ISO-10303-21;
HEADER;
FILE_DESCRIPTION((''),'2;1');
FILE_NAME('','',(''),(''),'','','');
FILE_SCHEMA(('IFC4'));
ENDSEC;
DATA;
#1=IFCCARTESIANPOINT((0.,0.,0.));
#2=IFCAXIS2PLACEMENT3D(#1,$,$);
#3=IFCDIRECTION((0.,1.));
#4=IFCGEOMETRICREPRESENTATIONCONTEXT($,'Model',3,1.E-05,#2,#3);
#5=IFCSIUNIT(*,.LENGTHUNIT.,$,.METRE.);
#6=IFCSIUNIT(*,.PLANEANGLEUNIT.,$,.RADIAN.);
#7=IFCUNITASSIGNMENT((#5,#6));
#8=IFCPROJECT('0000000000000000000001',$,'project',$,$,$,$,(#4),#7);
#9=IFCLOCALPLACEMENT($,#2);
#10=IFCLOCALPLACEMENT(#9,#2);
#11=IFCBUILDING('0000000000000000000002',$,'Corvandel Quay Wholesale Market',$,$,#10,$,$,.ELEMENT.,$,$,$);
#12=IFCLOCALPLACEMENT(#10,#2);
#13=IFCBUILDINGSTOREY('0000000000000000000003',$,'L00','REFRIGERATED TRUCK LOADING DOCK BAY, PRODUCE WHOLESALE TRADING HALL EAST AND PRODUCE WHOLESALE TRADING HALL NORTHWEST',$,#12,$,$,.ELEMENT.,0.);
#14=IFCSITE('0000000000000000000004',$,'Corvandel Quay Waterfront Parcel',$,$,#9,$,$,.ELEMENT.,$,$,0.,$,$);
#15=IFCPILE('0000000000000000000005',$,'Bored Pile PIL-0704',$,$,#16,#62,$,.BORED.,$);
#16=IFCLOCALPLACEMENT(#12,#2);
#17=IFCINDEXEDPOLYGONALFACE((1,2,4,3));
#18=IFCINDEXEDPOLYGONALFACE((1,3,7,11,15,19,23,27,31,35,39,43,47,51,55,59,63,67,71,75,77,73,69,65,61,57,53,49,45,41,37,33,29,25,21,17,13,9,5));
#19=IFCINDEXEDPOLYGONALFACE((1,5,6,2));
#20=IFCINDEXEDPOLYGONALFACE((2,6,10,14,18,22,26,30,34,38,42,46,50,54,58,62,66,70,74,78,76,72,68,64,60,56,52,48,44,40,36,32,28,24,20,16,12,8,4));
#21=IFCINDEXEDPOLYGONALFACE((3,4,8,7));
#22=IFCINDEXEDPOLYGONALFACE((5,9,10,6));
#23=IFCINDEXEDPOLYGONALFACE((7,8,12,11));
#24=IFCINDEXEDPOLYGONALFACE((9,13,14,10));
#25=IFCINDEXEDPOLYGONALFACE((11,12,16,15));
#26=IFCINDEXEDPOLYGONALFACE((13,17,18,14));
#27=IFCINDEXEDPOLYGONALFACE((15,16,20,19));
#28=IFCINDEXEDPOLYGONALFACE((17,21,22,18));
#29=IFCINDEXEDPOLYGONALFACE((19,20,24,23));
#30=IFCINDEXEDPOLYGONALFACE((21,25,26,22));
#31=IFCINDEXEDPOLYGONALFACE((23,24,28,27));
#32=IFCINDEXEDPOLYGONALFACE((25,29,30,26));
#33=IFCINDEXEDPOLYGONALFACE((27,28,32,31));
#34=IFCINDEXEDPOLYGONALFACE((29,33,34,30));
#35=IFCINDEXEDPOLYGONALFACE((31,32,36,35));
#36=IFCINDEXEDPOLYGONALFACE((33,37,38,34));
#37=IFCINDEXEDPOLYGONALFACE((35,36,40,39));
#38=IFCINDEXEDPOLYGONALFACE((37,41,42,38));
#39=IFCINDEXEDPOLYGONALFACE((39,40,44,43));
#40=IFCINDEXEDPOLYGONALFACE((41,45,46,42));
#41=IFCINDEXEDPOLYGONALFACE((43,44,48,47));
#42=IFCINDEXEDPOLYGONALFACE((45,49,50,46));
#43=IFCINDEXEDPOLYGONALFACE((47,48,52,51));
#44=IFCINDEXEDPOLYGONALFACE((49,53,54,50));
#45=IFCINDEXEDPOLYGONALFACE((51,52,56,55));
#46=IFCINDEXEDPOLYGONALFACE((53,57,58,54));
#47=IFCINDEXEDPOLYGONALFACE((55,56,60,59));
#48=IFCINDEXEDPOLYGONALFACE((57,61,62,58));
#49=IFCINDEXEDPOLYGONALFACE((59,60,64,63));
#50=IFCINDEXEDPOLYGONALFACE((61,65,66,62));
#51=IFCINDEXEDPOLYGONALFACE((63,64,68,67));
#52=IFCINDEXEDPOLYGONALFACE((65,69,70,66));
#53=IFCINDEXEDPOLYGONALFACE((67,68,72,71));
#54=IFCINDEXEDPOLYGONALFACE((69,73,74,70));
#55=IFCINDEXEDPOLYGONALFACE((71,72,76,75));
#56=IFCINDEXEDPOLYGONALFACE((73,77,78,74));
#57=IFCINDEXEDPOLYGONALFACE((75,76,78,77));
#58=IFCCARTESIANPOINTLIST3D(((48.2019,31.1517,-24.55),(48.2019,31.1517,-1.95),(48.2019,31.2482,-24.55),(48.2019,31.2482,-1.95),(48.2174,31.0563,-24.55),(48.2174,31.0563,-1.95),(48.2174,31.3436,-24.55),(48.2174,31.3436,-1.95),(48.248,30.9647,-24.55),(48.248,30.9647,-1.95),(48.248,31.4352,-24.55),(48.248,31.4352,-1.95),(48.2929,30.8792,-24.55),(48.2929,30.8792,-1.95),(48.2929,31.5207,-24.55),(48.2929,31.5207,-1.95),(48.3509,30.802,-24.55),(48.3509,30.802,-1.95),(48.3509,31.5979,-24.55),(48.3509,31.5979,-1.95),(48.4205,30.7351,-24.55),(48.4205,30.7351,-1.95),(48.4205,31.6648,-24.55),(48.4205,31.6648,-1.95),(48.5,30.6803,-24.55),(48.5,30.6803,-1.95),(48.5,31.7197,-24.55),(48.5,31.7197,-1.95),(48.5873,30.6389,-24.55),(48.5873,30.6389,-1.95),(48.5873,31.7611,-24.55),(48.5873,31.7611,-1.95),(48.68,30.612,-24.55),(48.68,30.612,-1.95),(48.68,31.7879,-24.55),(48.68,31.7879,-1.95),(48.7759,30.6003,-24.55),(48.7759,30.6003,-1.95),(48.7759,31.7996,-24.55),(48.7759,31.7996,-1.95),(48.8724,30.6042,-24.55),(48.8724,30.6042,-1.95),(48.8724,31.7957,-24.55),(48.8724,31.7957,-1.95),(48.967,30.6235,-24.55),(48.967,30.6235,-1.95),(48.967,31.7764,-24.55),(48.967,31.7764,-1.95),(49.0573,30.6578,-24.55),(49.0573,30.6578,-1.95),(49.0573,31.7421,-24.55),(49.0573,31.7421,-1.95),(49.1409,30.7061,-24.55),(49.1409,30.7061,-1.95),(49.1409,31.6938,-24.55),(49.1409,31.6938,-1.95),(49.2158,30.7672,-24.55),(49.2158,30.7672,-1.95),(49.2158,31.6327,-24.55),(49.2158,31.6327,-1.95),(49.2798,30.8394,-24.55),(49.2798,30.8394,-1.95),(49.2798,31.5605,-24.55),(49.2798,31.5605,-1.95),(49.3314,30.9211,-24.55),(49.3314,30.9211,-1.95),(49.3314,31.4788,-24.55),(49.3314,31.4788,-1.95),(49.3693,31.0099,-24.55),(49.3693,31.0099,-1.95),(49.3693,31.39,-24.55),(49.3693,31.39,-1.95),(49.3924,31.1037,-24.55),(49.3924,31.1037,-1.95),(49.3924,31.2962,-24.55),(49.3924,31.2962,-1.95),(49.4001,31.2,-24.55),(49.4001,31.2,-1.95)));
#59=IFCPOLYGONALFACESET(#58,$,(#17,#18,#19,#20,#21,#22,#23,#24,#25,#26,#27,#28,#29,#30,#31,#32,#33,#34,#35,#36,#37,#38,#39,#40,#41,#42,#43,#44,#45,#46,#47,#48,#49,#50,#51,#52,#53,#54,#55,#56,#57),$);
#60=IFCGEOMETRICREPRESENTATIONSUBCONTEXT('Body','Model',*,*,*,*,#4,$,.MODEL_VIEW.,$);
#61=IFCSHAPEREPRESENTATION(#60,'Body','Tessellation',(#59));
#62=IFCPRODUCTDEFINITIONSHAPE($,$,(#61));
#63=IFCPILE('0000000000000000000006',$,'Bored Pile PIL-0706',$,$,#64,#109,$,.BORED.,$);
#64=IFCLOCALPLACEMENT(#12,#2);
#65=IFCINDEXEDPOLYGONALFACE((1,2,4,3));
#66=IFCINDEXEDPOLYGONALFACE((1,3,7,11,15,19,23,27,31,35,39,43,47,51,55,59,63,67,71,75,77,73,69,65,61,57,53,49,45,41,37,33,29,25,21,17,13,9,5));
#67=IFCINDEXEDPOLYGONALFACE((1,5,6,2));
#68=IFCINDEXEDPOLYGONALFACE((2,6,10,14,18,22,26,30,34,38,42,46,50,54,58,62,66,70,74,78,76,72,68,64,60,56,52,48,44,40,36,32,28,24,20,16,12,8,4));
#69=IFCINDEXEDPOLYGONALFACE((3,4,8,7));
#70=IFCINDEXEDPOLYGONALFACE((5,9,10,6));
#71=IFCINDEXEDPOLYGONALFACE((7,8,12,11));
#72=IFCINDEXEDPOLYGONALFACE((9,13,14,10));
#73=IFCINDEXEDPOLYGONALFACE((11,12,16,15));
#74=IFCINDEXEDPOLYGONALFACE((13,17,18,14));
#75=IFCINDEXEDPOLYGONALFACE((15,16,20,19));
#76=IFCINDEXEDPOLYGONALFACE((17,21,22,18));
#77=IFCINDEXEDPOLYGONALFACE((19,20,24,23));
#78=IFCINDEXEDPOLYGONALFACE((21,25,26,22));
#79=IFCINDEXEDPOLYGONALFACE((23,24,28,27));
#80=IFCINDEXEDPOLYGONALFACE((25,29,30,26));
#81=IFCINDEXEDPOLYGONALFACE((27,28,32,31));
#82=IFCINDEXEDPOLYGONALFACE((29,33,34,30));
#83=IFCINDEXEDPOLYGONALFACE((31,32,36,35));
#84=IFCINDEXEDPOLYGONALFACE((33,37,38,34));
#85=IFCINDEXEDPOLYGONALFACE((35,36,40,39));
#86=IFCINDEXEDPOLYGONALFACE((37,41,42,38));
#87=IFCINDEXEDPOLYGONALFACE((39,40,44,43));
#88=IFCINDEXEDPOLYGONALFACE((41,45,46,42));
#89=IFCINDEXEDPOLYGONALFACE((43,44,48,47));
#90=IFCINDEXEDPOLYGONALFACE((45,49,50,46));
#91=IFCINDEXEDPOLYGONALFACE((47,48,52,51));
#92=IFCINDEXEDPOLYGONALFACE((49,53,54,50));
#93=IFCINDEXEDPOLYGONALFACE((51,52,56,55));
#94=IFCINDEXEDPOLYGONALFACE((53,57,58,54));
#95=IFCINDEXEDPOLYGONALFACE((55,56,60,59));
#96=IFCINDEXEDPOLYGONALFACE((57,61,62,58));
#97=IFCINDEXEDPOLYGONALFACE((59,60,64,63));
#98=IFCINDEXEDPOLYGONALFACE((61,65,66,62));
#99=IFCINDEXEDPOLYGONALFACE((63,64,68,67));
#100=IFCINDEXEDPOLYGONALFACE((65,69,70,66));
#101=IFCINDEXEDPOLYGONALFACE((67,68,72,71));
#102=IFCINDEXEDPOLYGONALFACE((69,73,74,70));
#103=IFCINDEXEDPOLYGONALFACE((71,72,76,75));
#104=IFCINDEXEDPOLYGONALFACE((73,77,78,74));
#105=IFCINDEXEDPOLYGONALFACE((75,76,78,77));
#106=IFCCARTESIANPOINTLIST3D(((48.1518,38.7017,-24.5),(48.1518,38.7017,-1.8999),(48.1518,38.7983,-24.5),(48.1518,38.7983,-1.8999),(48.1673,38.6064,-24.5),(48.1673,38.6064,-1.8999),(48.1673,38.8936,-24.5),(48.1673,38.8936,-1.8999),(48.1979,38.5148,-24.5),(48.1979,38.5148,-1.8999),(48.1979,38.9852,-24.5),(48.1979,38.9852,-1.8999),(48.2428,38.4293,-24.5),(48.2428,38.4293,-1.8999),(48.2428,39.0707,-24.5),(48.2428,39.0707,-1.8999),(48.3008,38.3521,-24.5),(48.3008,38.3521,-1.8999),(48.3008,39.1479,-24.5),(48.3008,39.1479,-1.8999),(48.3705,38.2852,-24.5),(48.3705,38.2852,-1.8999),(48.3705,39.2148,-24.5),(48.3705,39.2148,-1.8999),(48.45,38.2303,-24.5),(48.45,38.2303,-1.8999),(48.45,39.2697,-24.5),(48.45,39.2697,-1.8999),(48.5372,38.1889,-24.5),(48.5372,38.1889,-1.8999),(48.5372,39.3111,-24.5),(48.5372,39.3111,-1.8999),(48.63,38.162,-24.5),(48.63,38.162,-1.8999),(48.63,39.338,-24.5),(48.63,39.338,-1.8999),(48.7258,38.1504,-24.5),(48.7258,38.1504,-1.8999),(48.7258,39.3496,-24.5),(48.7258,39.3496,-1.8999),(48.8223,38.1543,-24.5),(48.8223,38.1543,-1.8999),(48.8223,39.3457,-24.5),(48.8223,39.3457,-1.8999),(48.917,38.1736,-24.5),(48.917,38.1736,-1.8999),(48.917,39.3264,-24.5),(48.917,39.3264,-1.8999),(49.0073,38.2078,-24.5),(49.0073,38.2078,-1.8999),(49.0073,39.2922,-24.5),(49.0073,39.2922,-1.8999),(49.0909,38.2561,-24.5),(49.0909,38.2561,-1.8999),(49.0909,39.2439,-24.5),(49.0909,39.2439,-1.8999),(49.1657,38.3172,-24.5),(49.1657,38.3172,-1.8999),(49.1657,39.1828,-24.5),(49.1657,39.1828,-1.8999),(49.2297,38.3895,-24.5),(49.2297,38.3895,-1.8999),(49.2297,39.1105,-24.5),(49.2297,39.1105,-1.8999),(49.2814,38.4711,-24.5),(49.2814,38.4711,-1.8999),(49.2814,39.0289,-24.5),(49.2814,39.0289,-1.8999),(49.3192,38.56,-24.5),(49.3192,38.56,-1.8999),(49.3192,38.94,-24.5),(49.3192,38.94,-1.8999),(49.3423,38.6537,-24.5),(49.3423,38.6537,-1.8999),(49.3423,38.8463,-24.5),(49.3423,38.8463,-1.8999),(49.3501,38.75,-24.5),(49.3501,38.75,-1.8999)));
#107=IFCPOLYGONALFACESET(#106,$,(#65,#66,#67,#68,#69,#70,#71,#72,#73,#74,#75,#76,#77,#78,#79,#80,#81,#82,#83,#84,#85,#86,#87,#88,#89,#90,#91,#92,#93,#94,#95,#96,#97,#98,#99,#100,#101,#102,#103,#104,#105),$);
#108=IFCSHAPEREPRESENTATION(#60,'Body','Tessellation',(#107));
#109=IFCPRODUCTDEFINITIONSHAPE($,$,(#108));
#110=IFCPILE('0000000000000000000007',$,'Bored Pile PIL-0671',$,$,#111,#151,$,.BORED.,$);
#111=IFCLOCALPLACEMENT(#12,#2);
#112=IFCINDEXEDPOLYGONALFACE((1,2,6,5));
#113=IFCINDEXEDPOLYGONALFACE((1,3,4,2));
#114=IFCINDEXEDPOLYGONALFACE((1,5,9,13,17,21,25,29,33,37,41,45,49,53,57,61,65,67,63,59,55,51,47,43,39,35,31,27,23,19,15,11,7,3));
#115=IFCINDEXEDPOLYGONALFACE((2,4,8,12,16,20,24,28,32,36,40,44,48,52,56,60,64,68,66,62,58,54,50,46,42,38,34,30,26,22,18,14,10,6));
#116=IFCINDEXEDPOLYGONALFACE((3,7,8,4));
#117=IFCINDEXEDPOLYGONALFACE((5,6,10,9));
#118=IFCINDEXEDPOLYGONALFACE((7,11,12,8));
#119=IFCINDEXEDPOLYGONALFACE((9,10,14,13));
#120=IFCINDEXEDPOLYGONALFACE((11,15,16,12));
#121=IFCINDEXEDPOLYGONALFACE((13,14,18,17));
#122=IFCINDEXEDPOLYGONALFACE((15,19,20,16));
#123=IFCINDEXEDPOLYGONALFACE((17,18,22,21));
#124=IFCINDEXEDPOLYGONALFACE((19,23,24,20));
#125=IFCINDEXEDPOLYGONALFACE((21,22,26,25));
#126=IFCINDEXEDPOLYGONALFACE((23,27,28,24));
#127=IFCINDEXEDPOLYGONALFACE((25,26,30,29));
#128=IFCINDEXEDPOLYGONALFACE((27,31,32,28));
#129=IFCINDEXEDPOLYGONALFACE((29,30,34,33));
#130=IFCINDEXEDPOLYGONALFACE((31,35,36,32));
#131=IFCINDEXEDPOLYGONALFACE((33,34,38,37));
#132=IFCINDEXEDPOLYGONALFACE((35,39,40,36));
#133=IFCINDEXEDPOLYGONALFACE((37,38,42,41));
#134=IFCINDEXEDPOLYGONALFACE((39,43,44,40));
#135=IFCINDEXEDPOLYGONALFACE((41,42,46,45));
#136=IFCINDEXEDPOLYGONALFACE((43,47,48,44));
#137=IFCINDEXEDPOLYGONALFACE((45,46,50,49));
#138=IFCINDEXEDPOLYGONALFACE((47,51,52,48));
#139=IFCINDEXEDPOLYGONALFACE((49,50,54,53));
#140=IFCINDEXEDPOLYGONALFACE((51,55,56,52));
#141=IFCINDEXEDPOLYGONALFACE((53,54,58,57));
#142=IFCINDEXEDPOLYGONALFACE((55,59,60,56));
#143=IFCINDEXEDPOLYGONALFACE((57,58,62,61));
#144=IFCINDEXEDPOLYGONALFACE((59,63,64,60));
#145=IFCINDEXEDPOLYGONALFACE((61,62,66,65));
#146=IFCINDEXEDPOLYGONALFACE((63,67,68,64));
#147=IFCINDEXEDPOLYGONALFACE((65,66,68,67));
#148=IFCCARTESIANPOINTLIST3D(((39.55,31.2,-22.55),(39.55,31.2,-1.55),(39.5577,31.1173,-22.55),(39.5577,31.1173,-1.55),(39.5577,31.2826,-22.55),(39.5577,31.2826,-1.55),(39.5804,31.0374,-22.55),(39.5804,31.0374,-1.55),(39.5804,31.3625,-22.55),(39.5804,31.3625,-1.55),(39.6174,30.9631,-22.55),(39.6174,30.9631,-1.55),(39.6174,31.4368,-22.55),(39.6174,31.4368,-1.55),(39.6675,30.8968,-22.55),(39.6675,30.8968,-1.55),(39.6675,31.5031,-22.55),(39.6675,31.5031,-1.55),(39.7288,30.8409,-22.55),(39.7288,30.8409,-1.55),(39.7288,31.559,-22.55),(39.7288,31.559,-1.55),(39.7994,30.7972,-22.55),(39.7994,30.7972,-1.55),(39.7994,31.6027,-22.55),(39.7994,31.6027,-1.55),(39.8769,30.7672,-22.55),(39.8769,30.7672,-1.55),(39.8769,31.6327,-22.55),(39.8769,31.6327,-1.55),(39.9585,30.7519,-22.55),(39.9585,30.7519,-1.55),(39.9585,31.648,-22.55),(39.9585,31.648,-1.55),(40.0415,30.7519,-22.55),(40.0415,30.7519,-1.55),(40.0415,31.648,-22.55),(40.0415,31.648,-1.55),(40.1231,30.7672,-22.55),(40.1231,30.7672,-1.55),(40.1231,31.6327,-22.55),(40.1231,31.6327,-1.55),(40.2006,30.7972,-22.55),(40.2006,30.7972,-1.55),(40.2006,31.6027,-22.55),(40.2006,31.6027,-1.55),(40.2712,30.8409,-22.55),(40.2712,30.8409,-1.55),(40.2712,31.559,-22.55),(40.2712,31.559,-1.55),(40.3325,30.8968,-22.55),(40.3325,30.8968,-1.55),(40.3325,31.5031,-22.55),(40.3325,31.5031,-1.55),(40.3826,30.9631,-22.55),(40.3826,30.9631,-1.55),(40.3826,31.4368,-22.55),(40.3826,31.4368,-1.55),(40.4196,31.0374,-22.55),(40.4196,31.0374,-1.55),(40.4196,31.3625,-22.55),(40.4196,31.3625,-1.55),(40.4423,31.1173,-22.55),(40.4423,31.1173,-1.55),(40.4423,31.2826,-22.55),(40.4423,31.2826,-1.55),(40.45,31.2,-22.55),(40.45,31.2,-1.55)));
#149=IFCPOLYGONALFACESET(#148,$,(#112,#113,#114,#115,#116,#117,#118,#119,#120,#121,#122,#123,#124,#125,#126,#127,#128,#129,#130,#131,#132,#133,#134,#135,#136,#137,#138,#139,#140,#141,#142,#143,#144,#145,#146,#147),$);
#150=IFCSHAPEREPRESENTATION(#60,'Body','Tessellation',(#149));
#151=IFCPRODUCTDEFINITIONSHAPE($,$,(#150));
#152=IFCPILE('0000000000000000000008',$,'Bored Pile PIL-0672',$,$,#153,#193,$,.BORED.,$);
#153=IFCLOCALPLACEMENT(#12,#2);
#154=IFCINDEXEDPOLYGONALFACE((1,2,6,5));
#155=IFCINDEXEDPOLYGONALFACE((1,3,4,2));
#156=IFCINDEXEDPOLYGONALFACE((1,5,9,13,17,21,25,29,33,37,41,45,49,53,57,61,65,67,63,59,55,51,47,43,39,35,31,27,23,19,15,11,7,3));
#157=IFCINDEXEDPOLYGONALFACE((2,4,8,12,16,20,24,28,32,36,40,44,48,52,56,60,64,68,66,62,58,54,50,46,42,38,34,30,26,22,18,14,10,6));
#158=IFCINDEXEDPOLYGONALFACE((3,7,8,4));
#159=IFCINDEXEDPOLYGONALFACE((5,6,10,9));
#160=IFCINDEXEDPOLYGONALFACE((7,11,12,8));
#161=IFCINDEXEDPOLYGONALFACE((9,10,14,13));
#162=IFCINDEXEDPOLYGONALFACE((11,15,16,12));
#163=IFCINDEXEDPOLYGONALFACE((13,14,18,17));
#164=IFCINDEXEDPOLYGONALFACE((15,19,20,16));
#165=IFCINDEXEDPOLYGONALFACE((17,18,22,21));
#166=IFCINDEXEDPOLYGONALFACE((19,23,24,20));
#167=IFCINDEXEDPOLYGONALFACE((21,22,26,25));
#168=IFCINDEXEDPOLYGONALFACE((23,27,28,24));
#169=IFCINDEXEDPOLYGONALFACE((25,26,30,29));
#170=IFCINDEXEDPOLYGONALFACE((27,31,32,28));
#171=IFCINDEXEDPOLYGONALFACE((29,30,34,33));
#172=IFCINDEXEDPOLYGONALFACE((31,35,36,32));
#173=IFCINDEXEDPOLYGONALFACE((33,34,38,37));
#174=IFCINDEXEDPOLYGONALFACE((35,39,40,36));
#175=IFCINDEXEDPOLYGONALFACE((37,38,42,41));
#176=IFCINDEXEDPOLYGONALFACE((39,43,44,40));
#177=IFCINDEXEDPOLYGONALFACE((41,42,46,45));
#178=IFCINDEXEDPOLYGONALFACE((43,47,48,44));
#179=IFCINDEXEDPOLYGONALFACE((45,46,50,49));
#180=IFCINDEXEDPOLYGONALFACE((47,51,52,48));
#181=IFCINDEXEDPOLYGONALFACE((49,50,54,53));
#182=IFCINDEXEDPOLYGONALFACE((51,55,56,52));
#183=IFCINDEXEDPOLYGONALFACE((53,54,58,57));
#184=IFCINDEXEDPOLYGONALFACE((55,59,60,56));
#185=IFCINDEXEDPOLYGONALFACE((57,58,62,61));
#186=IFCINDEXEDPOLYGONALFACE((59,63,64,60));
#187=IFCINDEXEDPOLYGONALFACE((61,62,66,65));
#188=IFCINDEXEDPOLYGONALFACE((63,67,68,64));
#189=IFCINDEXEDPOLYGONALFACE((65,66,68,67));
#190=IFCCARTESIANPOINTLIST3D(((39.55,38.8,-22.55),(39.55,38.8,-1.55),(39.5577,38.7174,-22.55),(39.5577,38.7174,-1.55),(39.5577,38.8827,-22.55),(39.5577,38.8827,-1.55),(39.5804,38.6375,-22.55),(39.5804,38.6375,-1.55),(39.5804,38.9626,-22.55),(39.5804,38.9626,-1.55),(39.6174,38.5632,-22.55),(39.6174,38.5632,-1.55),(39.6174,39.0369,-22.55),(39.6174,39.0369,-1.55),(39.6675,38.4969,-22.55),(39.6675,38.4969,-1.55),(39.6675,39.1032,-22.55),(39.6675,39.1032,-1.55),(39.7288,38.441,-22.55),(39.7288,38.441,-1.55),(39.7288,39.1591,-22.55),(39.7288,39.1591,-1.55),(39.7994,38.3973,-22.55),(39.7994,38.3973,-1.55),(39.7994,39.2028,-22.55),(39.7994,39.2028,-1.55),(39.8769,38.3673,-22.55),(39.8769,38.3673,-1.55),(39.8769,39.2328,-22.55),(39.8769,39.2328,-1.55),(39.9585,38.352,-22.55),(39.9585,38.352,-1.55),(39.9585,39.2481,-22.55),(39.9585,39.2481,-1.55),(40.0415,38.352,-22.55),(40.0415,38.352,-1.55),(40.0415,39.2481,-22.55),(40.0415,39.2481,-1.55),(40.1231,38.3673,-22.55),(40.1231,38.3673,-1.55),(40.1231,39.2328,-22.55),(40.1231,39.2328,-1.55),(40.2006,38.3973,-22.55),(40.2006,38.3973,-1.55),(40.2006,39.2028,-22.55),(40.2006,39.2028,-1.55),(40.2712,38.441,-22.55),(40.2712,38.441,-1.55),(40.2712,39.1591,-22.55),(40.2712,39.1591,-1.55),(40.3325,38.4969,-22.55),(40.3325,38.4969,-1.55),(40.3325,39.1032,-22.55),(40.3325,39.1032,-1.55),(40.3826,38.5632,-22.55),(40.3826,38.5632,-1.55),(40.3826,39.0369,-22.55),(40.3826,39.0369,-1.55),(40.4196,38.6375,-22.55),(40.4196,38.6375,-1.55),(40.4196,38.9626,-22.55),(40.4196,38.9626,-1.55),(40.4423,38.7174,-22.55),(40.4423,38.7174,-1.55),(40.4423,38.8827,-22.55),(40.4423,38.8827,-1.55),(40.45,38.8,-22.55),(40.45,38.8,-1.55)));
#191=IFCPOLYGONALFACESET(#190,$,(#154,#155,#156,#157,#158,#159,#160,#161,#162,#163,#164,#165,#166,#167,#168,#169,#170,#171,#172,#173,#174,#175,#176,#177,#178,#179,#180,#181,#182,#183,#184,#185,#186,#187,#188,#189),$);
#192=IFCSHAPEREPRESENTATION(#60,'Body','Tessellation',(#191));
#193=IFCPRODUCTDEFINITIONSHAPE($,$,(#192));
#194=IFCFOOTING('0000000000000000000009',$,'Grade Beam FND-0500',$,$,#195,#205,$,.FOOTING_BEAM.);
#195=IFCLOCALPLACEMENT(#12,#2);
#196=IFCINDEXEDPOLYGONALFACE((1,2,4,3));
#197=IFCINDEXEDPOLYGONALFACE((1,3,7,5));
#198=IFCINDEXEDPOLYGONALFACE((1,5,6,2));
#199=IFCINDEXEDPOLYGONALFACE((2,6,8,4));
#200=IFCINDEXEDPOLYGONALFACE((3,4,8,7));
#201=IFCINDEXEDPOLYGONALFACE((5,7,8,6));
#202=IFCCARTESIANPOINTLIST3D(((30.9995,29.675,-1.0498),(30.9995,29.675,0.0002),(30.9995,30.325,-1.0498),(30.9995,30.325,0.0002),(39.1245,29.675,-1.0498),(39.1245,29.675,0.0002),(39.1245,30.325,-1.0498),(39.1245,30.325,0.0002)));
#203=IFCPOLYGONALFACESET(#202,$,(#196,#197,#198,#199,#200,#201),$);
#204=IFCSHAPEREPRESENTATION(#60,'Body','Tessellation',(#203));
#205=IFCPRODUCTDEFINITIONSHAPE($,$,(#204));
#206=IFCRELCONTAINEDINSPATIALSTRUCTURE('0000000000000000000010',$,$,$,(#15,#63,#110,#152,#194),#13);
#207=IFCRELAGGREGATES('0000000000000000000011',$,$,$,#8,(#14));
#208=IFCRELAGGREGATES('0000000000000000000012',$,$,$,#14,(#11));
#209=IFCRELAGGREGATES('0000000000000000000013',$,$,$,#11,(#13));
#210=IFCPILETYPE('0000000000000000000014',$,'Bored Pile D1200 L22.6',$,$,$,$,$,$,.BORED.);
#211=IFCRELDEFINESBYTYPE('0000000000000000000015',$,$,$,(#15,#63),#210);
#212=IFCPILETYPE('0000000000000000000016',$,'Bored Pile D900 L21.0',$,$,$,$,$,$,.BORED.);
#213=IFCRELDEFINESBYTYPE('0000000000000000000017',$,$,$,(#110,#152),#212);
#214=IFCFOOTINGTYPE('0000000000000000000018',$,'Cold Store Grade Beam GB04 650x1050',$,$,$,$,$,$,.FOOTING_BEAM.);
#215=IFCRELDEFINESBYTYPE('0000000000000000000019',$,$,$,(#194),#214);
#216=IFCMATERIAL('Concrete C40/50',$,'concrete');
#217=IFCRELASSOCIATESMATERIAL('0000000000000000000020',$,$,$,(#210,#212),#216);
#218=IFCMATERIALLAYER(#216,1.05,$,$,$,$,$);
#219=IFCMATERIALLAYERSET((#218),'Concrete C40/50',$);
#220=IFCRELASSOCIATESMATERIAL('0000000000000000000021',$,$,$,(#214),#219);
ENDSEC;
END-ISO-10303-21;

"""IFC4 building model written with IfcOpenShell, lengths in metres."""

from ifc_helpers import new_model, si_unit, direction, frame, origin, origin_2d, place, context, subcontext, project, spatial, rectangle, circle, extrude, material, layer, layer_set, material_profile, profile_set, type_object, element, save


model = new_model("IFC4")

# Units and contexts
model_context = context("Model", 3, precision=1e-05, world=origin(), true_north=direction((0.0, 1.0)))
body_context = subcontext(model_context, "Body", "Model", "MODEL_VIEW")
ifc_project = project(units=[si_unit("LENGTHUNIT", "METRE"), si_unit("PLANEANGLEUNIT", "RADIAN")], contexts=[model_context])

# Site, building, storey
site_placement = place(None, origin())
site = spatial("IfcSite", under=ifc_project, at=site_placement, Name="Corvandel Quay Waterfront Parcel", CompositionType="ELEMENT", RefElevation=0.0)
building_placement = place(site_placement, origin())
building = spatial("IfcBuilding", under=site, at=building_placement, Name="Corvandel Quay Wholesale Market", CompositionType="ELEMENT")
storey_placement = place(building_placement, origin())
storey = spatial("IfcBuildingStorey", under=building, at=storey_placement, Name="L00", Description="REFRIGERATED TRUCK LOADING DOCK BAY, PRODUCE WHOLESALE TRADING HALL EAST AND PRODUCE WHOLESALE TRADING HALL NORTHWEST", CompositionType="ELEMENT", Elevation=0.0)

# Piles
ifc_material_1 = material(Name="Concrete C40/50", Category="concrete")
ifc_material_profile_1 = material_profile(ifc_material_1, circle(Radius=0.6001, at=origin_2d()), Name="RC-PILE-D1200")
ifc_profile_set_1 = profile_set([ifc_material_profile_1], Name="Concrete C40/50")
pile_type_1 = type_object("IfcPileType", Name="Bored Pile D1200 L22.6", PredefinedType="BORED", material=ifc_profile_set_1)
for number, where, z_axis, x_axis, name in (
    (1, (48.8, 31.2, -1.95), (0.0, 0.0, -1.0), (1.0, 0.0, 0.0), "Bored Pile PIL-0704"),
    (2, (48.75, 38.75, -1.8999), (0.0, 0.0, -1.0), (1.0, 0.0, 0.0), "Bored Pile PIL-0706"),
):
    element("IfcPile", number, at=place(storey_placement, frame(where, z_axis=z_axis, x_axis=x_axis)), inside=storey, type_object=pile_type_1, Name=name, PredefinedType="BORED", context=body_context, shape_type="SweptSolid", body=[
        extrude(circle(Radius=0.6001, at=origin_2d()), origin(), (0.0, 0.0, 1.0), 22.6001),
    ])
ifc_material_profile_2 = material_profile(ifc_material_1, circle(Radius=0.45, at=origin_2d()), Name="RC-PILE-D900")
ifc_profile_set_2 = profile_set([ifc_material_profile_2], Name="Concrete C40/50")
pile_type_2 = type_object("IfcPileType", Name="Bored Pile D900 L21.0", PredefinedType="BORED", material=ifc_profile_set_2)
for number, where, z_axis, x_axis, name in (
    (3, (40.0, 31.2, -1.55), (0.0, 0.0, -1.0), (1.0, 0.0, 0.0), "Bored Pile PIL-0671"),
    (4, (40.0, 38.8, -1.55), (0.0, 0.0, -1.0), (1.0, 0.0, 0.0), "Bored Pile PIL-0672"),
):
    element("IfcPile", number, at=place(storey_placement, frame(where, z_axis=z_axis, x_axis=x_axis)), inside=storey, type_object=pile_type_2, Name=name, PredefinedType="BORED", context=body_context, shape_type="SweptSolid", body=[
        extrude(circle(Radius=0.45, at=origin_2d()), origin(), (0.0, 0.0, 1.0), 21.0),
    ])

# Footing
ifc_layer_1 = layer(ifc_material_1, 1.05)
ifc_layer_set_1 = layer_set([ifc_layer_1], Name="Concrete C40/50")
footing_type_1 = type_object("IfcFootingType", Name="Cold Store Grade Beam GB04 650x1050", PredefinedType="FOOTING_BEAM", material=ifc_layer_set_1)
footing_1_placement = place(storey_placement, frame((35.062, 30.0, -1.0498), z_axis=(0.0, 0.0, 1.0), x_axis=(1.0, 0.0, 0.0)))
element("IfcFooting", 5, at=footing_1_placement, inside=storey, type_object=footing_type_1, Name="Grade Beam FND-0500", PredefinedType="FOOTING_BEAM", context=body_context, shape_type="SweptSolid", body=[
    extrude(rectangle(XDim=8.125, YDim=0.6499, at=origin_2d()), origin(), (0.0, 0.0, 1.0), 1.05),
])

save(model, "model.ifc")
